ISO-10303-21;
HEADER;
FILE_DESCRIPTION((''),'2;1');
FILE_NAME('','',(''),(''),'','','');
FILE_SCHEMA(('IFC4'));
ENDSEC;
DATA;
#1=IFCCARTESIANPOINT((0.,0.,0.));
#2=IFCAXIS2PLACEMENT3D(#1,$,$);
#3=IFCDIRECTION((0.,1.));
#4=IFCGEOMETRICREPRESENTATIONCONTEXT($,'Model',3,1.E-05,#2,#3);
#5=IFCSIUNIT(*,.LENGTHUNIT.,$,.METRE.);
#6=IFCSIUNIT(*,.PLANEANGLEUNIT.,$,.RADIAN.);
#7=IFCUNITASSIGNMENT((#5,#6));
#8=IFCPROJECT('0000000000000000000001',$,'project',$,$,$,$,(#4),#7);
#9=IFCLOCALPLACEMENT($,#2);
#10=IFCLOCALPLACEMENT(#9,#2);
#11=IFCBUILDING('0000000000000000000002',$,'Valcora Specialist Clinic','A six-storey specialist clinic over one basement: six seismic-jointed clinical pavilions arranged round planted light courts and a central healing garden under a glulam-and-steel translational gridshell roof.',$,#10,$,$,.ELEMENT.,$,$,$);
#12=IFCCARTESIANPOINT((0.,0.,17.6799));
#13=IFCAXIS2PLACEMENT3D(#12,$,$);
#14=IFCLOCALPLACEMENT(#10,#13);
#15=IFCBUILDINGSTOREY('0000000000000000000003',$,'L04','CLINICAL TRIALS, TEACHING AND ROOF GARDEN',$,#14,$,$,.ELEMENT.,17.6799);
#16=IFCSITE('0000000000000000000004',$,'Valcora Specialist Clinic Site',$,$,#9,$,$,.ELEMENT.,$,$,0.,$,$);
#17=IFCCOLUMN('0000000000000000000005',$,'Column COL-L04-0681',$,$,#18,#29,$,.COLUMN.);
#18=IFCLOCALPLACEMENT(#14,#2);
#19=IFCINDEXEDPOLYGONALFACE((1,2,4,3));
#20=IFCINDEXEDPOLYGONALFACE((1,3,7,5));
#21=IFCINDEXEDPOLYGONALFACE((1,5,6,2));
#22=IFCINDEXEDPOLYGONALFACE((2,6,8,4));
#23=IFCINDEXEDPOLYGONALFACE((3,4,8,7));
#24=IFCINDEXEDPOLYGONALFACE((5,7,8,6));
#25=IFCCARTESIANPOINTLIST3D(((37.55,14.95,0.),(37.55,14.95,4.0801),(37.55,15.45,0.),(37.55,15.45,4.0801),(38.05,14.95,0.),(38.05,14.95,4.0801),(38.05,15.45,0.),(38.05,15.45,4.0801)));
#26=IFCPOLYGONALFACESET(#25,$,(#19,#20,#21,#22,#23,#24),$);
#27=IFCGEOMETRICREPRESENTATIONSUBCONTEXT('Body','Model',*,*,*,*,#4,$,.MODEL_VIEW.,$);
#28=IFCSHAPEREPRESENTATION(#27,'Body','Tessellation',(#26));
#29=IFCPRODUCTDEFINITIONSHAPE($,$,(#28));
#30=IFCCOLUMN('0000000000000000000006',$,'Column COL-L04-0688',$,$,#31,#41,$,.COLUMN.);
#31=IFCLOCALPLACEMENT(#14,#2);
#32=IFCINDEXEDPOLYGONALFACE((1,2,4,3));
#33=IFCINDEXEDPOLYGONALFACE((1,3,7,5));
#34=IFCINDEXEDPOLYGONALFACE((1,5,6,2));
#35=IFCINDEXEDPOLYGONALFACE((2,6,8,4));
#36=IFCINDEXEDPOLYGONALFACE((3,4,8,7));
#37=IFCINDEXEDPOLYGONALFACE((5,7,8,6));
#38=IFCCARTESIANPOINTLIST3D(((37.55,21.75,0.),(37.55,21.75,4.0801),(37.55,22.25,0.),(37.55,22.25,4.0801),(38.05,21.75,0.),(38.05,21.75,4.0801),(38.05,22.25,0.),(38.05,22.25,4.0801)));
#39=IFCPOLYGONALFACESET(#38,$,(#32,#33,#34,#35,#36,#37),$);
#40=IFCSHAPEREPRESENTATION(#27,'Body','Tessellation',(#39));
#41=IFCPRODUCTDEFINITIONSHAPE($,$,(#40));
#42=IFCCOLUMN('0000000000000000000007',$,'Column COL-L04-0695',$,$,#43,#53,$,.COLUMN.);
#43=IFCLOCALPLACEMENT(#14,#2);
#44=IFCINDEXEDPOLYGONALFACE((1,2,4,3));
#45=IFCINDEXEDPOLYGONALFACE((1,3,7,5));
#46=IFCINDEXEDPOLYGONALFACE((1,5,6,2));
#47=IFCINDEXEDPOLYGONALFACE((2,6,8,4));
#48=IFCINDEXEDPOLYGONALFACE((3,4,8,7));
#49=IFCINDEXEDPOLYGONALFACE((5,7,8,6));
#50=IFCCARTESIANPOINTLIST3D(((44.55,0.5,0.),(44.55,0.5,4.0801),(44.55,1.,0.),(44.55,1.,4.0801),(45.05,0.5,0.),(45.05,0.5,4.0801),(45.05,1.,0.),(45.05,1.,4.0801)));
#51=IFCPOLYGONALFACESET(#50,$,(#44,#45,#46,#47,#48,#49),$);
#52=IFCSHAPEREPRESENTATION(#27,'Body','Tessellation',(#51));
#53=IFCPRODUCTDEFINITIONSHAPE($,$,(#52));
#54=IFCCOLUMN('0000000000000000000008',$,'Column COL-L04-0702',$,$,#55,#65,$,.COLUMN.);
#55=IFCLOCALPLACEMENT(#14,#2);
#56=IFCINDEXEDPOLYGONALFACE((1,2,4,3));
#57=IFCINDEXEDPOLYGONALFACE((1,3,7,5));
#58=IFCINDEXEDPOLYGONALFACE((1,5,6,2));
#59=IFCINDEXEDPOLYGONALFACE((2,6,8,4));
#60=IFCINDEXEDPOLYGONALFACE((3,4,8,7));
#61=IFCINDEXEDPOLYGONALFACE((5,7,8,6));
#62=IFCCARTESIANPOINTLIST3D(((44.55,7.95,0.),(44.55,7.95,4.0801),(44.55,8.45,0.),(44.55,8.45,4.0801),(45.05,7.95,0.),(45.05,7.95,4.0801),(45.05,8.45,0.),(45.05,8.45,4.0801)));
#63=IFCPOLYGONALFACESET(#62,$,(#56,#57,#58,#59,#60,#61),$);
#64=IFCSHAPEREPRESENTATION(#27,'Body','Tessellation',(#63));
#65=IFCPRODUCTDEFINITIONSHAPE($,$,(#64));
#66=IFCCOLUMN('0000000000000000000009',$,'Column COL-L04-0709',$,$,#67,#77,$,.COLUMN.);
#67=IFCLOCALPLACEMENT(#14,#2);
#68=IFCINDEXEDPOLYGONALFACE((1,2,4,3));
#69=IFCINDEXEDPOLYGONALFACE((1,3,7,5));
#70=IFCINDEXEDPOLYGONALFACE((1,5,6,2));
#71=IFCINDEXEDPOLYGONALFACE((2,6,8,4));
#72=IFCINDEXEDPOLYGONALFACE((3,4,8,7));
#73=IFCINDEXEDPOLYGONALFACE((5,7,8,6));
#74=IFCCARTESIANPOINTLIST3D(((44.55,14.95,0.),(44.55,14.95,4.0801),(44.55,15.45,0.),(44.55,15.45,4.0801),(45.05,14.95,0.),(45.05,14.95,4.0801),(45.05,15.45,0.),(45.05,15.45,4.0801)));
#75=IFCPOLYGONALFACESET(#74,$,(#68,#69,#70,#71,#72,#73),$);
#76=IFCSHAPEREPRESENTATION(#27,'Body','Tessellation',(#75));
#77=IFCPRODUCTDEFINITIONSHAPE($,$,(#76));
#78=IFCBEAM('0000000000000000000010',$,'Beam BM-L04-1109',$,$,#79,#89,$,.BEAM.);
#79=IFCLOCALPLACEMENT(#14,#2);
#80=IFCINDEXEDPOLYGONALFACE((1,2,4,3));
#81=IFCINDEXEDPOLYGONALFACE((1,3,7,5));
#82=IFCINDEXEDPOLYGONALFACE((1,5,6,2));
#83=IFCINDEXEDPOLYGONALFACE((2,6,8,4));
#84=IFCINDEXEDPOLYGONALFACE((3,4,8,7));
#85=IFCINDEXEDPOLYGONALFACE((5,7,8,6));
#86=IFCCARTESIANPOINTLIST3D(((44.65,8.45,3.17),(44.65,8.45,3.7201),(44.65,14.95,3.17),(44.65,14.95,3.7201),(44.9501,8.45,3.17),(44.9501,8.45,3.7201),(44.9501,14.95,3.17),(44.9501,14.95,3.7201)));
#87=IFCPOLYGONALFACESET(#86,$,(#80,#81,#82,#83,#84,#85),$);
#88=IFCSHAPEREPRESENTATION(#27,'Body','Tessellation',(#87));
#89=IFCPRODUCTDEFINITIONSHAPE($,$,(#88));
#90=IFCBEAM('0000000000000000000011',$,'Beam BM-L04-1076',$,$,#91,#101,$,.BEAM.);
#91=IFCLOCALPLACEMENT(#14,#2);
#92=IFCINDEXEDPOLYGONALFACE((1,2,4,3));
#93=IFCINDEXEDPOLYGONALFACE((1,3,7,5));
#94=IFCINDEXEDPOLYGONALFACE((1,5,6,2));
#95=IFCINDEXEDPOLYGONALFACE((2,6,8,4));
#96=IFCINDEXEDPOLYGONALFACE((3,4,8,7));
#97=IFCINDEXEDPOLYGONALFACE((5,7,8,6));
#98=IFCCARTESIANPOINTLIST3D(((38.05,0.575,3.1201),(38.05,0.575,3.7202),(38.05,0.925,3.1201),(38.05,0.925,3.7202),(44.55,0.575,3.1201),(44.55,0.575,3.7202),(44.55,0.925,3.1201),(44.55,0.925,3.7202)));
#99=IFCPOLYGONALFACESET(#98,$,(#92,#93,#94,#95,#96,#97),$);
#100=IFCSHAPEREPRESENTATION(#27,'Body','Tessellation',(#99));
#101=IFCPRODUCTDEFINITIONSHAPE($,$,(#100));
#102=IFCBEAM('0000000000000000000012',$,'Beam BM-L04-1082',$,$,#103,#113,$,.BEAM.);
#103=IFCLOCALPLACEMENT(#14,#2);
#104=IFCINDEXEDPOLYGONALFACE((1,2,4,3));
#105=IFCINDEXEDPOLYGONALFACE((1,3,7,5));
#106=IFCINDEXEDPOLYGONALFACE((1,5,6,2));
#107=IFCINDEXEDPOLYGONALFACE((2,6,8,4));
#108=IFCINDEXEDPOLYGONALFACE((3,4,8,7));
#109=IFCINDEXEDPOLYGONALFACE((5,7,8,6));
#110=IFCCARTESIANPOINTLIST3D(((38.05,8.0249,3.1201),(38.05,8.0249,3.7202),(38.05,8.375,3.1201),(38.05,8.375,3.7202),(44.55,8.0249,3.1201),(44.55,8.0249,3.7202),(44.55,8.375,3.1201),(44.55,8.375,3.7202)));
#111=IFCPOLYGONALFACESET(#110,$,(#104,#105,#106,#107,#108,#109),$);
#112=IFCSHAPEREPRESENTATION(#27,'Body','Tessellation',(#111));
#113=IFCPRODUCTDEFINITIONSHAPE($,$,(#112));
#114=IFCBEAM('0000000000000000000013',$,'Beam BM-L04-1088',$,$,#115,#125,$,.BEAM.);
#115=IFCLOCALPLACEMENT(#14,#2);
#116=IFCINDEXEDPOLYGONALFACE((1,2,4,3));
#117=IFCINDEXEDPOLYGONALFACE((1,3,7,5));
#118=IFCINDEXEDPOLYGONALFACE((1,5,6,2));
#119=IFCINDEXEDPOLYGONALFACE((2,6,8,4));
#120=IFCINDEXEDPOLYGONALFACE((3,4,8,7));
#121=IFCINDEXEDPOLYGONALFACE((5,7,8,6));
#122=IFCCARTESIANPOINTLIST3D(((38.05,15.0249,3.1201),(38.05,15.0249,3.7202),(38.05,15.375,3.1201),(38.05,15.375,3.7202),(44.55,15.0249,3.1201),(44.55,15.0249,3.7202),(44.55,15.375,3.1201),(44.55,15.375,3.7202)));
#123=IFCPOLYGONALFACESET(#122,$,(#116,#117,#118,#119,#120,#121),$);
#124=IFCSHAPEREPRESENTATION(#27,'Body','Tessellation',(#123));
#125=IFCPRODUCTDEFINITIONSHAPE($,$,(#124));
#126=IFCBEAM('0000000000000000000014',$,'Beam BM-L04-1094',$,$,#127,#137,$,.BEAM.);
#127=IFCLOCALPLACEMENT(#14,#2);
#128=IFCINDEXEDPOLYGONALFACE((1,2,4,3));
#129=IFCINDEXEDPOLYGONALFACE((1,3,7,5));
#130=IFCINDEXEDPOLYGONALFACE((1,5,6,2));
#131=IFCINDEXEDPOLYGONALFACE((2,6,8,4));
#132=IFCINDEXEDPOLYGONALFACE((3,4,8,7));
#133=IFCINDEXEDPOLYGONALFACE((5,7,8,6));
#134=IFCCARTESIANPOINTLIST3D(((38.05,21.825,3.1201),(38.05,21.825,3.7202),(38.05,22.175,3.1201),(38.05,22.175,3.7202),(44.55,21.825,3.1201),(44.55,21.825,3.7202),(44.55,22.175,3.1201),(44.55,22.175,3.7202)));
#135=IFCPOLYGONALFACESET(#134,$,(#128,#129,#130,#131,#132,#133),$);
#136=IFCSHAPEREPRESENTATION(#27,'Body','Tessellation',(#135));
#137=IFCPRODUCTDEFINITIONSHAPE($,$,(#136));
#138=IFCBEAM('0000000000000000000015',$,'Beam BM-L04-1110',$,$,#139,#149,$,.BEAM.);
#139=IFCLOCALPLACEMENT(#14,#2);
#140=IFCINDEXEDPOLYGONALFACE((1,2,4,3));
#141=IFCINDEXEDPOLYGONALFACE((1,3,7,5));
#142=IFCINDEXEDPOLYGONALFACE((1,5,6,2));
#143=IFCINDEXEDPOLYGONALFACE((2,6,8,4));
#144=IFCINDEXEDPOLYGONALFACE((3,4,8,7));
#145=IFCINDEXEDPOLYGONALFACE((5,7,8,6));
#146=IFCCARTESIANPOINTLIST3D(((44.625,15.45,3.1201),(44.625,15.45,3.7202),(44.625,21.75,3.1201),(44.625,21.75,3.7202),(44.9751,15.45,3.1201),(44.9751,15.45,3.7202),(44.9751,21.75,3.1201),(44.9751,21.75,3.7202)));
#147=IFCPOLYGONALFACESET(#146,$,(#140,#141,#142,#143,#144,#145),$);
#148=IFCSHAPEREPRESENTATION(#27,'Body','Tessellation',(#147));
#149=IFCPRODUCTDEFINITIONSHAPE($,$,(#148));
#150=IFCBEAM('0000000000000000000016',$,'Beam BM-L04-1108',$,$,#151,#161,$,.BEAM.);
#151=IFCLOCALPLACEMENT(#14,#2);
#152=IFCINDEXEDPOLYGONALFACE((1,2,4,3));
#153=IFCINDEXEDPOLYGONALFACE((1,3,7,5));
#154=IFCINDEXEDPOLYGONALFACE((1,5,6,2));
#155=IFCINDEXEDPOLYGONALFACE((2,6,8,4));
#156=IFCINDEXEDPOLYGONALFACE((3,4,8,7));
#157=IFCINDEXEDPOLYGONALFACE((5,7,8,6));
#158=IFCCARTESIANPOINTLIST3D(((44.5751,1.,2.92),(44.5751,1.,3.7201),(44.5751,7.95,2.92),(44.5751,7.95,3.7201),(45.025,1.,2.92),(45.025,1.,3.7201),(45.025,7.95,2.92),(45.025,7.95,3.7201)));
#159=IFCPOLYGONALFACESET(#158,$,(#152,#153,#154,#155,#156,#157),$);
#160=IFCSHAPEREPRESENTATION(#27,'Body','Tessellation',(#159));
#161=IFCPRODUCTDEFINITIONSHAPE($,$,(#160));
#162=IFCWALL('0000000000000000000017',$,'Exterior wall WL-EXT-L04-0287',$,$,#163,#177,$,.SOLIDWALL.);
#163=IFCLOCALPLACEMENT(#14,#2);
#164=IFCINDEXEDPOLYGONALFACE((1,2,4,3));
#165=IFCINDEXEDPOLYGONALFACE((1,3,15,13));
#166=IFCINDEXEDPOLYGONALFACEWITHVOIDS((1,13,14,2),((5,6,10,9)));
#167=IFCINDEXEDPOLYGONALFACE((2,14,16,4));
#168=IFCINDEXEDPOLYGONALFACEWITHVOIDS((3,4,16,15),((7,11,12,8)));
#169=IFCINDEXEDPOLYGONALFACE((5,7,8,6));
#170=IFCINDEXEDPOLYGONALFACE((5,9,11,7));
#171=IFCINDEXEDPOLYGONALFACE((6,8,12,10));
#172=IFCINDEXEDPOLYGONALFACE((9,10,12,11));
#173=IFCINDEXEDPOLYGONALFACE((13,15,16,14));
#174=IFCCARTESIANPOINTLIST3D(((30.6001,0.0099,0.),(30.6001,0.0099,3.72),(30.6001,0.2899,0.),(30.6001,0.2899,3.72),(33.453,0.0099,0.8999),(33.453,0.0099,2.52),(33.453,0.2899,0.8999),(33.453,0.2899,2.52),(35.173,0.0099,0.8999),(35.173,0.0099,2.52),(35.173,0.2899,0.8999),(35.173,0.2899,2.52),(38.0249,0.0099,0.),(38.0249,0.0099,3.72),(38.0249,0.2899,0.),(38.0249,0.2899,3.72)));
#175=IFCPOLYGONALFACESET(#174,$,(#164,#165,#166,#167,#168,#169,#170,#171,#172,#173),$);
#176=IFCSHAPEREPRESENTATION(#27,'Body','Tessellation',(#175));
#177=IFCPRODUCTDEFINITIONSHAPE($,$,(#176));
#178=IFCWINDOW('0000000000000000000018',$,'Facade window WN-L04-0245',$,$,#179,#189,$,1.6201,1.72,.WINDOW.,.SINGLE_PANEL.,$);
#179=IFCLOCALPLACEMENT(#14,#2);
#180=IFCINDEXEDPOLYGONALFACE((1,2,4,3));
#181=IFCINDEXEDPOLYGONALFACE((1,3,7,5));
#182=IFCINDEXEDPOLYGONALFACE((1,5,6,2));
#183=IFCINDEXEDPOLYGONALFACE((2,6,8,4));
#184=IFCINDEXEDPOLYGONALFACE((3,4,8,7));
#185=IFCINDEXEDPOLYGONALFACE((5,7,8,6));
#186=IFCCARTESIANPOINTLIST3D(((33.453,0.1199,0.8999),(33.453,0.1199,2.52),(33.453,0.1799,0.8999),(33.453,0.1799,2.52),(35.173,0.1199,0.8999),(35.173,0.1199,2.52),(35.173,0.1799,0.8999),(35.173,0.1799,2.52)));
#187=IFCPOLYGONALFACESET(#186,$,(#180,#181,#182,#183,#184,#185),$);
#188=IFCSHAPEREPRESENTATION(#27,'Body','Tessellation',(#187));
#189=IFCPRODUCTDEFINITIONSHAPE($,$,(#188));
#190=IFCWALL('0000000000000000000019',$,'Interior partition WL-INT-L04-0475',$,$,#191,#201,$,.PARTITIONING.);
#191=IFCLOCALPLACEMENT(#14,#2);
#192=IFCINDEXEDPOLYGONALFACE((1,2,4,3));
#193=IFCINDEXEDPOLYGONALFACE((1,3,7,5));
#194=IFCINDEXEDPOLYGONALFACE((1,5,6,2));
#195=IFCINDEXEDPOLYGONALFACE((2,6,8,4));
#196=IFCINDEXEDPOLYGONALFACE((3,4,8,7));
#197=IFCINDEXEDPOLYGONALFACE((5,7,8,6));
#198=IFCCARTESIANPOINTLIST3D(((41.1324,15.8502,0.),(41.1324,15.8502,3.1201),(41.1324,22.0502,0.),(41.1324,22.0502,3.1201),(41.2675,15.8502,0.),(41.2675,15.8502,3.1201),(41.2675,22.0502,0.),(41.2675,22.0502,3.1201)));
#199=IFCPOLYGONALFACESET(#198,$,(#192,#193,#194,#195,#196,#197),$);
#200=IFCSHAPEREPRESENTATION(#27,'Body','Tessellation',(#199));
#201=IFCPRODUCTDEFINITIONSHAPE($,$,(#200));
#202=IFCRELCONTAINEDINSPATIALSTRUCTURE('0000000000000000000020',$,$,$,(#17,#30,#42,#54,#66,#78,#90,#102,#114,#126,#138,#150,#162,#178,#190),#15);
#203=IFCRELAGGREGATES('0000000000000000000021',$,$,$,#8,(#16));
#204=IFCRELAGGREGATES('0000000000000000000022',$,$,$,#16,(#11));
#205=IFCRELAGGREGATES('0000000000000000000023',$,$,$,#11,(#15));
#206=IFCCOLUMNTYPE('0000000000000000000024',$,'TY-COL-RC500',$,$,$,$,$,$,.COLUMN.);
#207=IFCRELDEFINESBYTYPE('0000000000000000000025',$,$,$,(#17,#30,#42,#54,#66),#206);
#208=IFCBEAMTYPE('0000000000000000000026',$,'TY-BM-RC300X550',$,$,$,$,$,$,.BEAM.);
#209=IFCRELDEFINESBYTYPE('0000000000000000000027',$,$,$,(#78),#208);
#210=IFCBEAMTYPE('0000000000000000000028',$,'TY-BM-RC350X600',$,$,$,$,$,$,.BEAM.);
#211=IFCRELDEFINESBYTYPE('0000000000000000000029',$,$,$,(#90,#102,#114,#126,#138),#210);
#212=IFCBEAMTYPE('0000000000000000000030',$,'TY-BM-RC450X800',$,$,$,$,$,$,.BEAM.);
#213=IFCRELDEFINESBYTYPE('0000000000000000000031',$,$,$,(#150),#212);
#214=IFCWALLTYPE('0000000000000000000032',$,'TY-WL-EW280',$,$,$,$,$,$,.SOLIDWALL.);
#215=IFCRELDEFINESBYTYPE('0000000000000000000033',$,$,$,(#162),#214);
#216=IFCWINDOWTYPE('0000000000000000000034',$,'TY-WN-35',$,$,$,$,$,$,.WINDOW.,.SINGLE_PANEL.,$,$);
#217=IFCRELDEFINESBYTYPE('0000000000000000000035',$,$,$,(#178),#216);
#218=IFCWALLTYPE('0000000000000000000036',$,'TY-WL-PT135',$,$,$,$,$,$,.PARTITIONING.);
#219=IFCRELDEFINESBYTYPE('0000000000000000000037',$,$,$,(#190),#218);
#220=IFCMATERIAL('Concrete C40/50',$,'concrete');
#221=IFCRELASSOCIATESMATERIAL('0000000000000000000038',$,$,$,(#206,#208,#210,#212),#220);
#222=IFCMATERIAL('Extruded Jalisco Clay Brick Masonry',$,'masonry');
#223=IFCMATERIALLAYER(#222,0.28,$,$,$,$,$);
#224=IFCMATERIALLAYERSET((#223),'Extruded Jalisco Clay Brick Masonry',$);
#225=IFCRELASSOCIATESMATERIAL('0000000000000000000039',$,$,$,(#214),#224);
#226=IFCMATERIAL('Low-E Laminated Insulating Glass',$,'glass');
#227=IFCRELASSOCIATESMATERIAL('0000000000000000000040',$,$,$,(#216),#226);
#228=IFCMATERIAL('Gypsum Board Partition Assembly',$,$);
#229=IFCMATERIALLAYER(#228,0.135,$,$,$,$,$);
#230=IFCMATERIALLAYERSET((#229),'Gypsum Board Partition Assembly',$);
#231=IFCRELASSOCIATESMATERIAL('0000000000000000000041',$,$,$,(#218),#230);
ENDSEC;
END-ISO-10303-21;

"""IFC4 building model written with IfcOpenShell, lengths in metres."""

from ifc_helpers import new_model, si_unit, direction, frame, frame_2d, origin, origin_2d, place, context, subcontext, project, spatial, rectangle, extrude, material, layer, layer_set, material_profile, profile_set, type_object, element, fill, save


model = new_model("IFC4")

# Units and contexts
model_context = context("Model", 3, precision=1e-05, world=origin(), true_north=direction((0.0, 1.0)))
body_context = subcontext(model_context, "Body", "Model", "MODEL_VIEW")
ifc_project = project(units=[si_unit("LENGTHUNIT", "METRE"), si_unit("PLANEANGLEUNIT", "RADIAN")], contexts=[model_context])

# Site, building, storey
site_placement = place(None, origin())
site = spatial("IfcSite", under=ifc_project, at=site_placement, Name="Valcora Specialist Clinic Site", CompositionType="ELEMENT", RefElevation=0.0)
building_placement = place(site_placement, origin())
building = spatial("IfcBuilding", under=site, at=building_placement, Name="Valcora Specialist Clinic", Description="A six-storey specialist clinic over one basement: six seismic-jointed clinical pavilions arranged round planted light courts and a central healing garden under a glulam-and-steel translational gridshell roof.", CompositionType="ELEMENT")
storey_placement = place(building_placement, frame((0.0, 0.0, 17.6799)))
storey = spatial("IfcBuildingStorey", under=building, at=storey_placement, Name="L04", Description="CLINICAL TRIALS, TEACHING AND ROOF GARDEN", CompositionType="ELEMENT", Elevation=17.6799)

# Columns
ifc_material_1 = material(Name="Concrete C40/50", Category="concrete")
ifc_material_profile_1 = material_profile(ifc_material_1, rectangle(XDim=0.5, YDim=0.5, at=origin_2d()), Name="RC-COL-500X500")
ifc_profile_set_1 = profile_set([ifc_material_profile_1], Name="Concrete C40/50")
column_type = type_object("IfcColumnType", Name="TY-COL-RC500", PredefinedType="COLUMN", material=ifc_profile_set_1)
for number, where, z_axis, x_axis, name in (
    (1, (37.8, 15.2, 0.0), (0.0, 0.0, 1.0), (1.0, 0.0, 0.0), "Column COL-L04-0681"),
    (2, (37.8, 22.0, 0.0), (0.0, 0.0, 1.0), (1.0, 0.0, 0.0), "Column COL-L04-0688"),
    (3, (44.8, 0.75, 0.0), (0.0, 0.0, 1.0), (1.0, 0.0, 0.0), "Column COL-L04-0695"),
    (4, (44.8, 8.2, 0.0), (0.0, 0.0, 1.0), (1.0, 0.0, 0.0), "Column COL-L04-0702"),
    (5, (44.8, 15.2, 0.0), (0.0, 0.0, 1.0), (1.0, 0.0, 0.0), "Column COL-L04-0709"),
):
    element("IfcColumn", number, at=place(storey_placement, frame(where, z_axis=z_axis, x_axis=x_axis)), inside=storey, type_object=column_type, Name=name, PredefinedType="COLUMN", context=body_context, shape_type="SweptSolid", body=[
        extrude(rectangle(XDim=0.5, YDim=0.5, at=origin_2d()), origin(), (0.0, 0.0, 1.0), 4.0801),
    ])

# Beams
ifc_material_profile_2 = material_profile(ifc_material_1, rectangle(XDim=0.3, YDim=0.55, at=origin_2d()), Name="RC-BM-300X550")
ifc_profile_set_2 = profile_set([ifc_material_profile_2], Name="Concrete C40/50")
beam_type_1 = type_object("IfcBeamType", Name="TY-BM-RC300X550", PredefinedType="BEAM", material=ifc_profile_set_2)
beam_1_placement = place(storey_placement, frame((44.8, 8.45, 3.4451), z_axis=(0.0, 1.0, 0.0), x_axis=(-1.0, 0.0, 0.0)))
element("IfcBeam", 6, at=beam_1_placement, inside=storey, type_object=beam_type_1, Name="Beam BM-L04-1109", PredefinedType="BEAM", context=body_context, shape_type="SweptSolid", body=[
    extrude(rectangle(XDim=0.3, YDim=0.55, at=origin_2d()), origin(), (0.0, 0.0, 1.0), 6.5),
])
ifc_material_profile_3 = material_profile(ifc_material_1, rectangle(XDim=0.3501, YDim=0.6001, at=origin_2d()), Name="RC-BM-350X600")
ifc_profile_set_3 = profile_set([ifc_material_profile_3], Name="Concrete C40/50")
beam_type_2 = type_object("IfcBeamType", Name="TY-BM-RC350X600", PredefinedType="BEAM", material=ifc_profile_set_3)
for number, where, z_axis, x_axis, name in (
    (7, (38.05, 0.75, 3.4202), (1.0, 0.0, 0.0), (0.0, 1.0, 0.0), "Beam BM-L04-1076"),
    (8, (38.05, 8.2, 3.4202), (1.0, 0.0, 0.0), (0.0, 1.0, 0.0), "Beam BM-L04-1082"),
    (9, (38.05, 15.2, 3.4202), (1.0, 0.0, 0.0), (0.0, 1.0, 0.0), "Beam BM-L04-1088"),
    (10, (38.05, 22.0, 3.4202), (1.0, 0.0, 0.0), (0.0, 1.0, 0.0), "Beam BM-L04-1094"),
):
    element("IfcBeam", number, at=place(storey_placement, frame(where, z_axis=z_axis, x_axis=x_axis)), inside=storey, type_object=beam_type_2, Name=name, PredefinedType="BEAM", context=body_context, shape_type="SweptSolid", body=[
        extrude(rectangle(XDim=0.3501, YDim=0.6001, at=origin_2d()), origin(), (0.0, 0.0, 1.0), 6.5),
    ])
beam_2_placement = place(storey_placement, frame((44.8, 15.45, 3.4202), z_axis=(0.0, 1.0, 0.0), x_axis=(-1.0, 0.0, 0.0)))
element("IfcBeam", 11, at=beam_2_placement, inside=storey, type_object=beam_type_2, Name="Beam BM-L04-1110", PredefinedType="BEAM", context=body_context, shape_type="SweptSolid", body=[
    extrude(rectangle(XDim=0.3501, YDim=0.6001, at=origin_2d()), origin(), (0.0, 0.0, 1.0), 6.3),
])
ifc_material_profile_4 = material_profile(ifc_material_1, rectangle(XDim=0.45, YDim=0.8, at=origin_2d()), Name="RC-BM-450X800")
ifc_profile_set_4 = profile_set([ifc_material_profile_4], Name="Concrete C40/50")
beam_type_3 = type_object("IfcBeamType", Name="TY-BM-RC450X800", PredefinedType="BEAM", material=ifc_profile_set_4)
beam_3_placement = place(storey_placement, frame((44.8, 1.0, 3.3201), z_axis=(0.0, 1.0, 0.0), x_axis=(-1.0, 0.0, 0.0)))
element("IfcBeam", 12, at=beam_3_placement, inside=storey, type_object=beam_type_3, Name="Beam BM-L04-1108", PredefinedType="BEAM", context=body_context, shape_type="SweptSolid", body=[
    extrude(rectangle(XDim=0.45, YDim=0.8, at=origin_2d()), origin(), (0.0, 0.0, 1.0), 6.95),
])

# Wall, opening, window
ifc_material_2 = material(Name="Extruded Jalisco Clay Brick Masonry", Category="masonry")
ifc_layer_1 = layer(ifc_material_2, 0.28)
ifc_layer_set_1 = layer_set([ifc_layer_1], Name="Extruded Jalisco Clay Brick Masonry")
wall_type_1 = type_object("IfcWallType", Name="TY-WL-EW280", PredefinedType="SOLIDWALL", material=ifc_layer_set_1)
wall_1_placement = place(storey_placement, frame((38.0249, 0.1499, 0.0), z_axis=(0.0, 0.0, 1.0), x_axis=(-1.0, 0.0, 0.0)))
wall_1 = element("IfcWall", 13, at=wall_1_placement, inside=storey, type_object=wall_type_1, Name="Exterior wall WL-EXT-L04-0287", PredefinedType="SOLIDWALL", context=body_context, shape_type="SweptSolid", body=[
    extrude(rectangle(XDim=7.4248, YDim=0.28, at=frame_2d((3.7124, 0.0))), origin(), (0.0, 0.0, 1.0), 3.72),
])
opening_1_placement = place(wall_1_placement, frame((2.8521, 0.0, 0.8999)))
opening_1 = element("IfcOpeningElement", 14, at=opening_1_placement, cuts=wall_1, PredefinedType="OPENING", context=body_context, shape_type="SweptSolid", body=[
    extrude(rectangle(XDim=1.72, YDim=1.6201, at=frame_2d((0.8599, 0.8101))), frame((0.0, 0.1499, 0.0), z_axis=(0.0, -1.0, 0.0), x_axis=(1.0, 0.0, 0.0)), (0.0, 0.0, 1.0), 0.3),
])
ifc_material_3 = material(Name="Low-E Laminated Insulating Glass", Category="glass")
window_type = type_object("IfcWindowType", Name="TY-WN-35", PartitioningType="SINGLE_PANEL", PredefinedType="WINDOW", material=ifc_material_3)
window_placement = place(opening_1_placement, origin())
window = element("IfcWindow", 15, at=window_placement, inside=storey, type_object=window_type, Name="Facade window WN-L04-0245", OverallHeight=1.6201, OverallWidth=1.72, PartitioningType="SINGLE_PANEL", PredefinedType="WINDOW", context=body_context, shape_type="SweptSolid", body=[
    extrude(rectangle(XDim=1.72, YDim=1.6201, at=frame_2d((0.8599, 0.8101))), frame((0.0, 0.03, 0.0), z_axis=(0.0, -1.0, 0.0), x_axis=(1.0, 0.0, 0.0)), (0.0, 0.0, 1.0), 0.0601),
])
fill(opening_1, window)

# Wall
ifc_material_4 = material(Name="Gypsum Board Partition Assembly")
ifc_layer_2 = layer(ifc_material_4, 0.135)
ifc_layer_set_2 = layer_set([ifc_layer_2], Name="Gypsum Board Partition Assembly")
wall_type_2 = type_object("IfcWallType", Name="TY-WL-PT135", PredefinedType="PARTITIONING", material=ifc_layer_set_2)
wall_2_placement = place(storey_placement, frame((41.2, 15.8501, 0.0), z_axis=(0.0, 0.0, 1.0), x_axis=(0.0, 1.0, 0.0)))
element("IfcWall", 16, at=wall_2_placement, inside=storey, type_object=wall_type_2, Name="Interior partition WL-INT-L04-0475", PredefinedType="PARTITIONING", context=body_context, shape_type="SweptSolid", body=[
    extrude(rectangle(XDim=6.2, YDim=0.135, at=frame_2d((3.1001, 0.0))), origin(), (0.0, 0.0, 1.0), 3.1201),
])

save(model, "model.ifc")
